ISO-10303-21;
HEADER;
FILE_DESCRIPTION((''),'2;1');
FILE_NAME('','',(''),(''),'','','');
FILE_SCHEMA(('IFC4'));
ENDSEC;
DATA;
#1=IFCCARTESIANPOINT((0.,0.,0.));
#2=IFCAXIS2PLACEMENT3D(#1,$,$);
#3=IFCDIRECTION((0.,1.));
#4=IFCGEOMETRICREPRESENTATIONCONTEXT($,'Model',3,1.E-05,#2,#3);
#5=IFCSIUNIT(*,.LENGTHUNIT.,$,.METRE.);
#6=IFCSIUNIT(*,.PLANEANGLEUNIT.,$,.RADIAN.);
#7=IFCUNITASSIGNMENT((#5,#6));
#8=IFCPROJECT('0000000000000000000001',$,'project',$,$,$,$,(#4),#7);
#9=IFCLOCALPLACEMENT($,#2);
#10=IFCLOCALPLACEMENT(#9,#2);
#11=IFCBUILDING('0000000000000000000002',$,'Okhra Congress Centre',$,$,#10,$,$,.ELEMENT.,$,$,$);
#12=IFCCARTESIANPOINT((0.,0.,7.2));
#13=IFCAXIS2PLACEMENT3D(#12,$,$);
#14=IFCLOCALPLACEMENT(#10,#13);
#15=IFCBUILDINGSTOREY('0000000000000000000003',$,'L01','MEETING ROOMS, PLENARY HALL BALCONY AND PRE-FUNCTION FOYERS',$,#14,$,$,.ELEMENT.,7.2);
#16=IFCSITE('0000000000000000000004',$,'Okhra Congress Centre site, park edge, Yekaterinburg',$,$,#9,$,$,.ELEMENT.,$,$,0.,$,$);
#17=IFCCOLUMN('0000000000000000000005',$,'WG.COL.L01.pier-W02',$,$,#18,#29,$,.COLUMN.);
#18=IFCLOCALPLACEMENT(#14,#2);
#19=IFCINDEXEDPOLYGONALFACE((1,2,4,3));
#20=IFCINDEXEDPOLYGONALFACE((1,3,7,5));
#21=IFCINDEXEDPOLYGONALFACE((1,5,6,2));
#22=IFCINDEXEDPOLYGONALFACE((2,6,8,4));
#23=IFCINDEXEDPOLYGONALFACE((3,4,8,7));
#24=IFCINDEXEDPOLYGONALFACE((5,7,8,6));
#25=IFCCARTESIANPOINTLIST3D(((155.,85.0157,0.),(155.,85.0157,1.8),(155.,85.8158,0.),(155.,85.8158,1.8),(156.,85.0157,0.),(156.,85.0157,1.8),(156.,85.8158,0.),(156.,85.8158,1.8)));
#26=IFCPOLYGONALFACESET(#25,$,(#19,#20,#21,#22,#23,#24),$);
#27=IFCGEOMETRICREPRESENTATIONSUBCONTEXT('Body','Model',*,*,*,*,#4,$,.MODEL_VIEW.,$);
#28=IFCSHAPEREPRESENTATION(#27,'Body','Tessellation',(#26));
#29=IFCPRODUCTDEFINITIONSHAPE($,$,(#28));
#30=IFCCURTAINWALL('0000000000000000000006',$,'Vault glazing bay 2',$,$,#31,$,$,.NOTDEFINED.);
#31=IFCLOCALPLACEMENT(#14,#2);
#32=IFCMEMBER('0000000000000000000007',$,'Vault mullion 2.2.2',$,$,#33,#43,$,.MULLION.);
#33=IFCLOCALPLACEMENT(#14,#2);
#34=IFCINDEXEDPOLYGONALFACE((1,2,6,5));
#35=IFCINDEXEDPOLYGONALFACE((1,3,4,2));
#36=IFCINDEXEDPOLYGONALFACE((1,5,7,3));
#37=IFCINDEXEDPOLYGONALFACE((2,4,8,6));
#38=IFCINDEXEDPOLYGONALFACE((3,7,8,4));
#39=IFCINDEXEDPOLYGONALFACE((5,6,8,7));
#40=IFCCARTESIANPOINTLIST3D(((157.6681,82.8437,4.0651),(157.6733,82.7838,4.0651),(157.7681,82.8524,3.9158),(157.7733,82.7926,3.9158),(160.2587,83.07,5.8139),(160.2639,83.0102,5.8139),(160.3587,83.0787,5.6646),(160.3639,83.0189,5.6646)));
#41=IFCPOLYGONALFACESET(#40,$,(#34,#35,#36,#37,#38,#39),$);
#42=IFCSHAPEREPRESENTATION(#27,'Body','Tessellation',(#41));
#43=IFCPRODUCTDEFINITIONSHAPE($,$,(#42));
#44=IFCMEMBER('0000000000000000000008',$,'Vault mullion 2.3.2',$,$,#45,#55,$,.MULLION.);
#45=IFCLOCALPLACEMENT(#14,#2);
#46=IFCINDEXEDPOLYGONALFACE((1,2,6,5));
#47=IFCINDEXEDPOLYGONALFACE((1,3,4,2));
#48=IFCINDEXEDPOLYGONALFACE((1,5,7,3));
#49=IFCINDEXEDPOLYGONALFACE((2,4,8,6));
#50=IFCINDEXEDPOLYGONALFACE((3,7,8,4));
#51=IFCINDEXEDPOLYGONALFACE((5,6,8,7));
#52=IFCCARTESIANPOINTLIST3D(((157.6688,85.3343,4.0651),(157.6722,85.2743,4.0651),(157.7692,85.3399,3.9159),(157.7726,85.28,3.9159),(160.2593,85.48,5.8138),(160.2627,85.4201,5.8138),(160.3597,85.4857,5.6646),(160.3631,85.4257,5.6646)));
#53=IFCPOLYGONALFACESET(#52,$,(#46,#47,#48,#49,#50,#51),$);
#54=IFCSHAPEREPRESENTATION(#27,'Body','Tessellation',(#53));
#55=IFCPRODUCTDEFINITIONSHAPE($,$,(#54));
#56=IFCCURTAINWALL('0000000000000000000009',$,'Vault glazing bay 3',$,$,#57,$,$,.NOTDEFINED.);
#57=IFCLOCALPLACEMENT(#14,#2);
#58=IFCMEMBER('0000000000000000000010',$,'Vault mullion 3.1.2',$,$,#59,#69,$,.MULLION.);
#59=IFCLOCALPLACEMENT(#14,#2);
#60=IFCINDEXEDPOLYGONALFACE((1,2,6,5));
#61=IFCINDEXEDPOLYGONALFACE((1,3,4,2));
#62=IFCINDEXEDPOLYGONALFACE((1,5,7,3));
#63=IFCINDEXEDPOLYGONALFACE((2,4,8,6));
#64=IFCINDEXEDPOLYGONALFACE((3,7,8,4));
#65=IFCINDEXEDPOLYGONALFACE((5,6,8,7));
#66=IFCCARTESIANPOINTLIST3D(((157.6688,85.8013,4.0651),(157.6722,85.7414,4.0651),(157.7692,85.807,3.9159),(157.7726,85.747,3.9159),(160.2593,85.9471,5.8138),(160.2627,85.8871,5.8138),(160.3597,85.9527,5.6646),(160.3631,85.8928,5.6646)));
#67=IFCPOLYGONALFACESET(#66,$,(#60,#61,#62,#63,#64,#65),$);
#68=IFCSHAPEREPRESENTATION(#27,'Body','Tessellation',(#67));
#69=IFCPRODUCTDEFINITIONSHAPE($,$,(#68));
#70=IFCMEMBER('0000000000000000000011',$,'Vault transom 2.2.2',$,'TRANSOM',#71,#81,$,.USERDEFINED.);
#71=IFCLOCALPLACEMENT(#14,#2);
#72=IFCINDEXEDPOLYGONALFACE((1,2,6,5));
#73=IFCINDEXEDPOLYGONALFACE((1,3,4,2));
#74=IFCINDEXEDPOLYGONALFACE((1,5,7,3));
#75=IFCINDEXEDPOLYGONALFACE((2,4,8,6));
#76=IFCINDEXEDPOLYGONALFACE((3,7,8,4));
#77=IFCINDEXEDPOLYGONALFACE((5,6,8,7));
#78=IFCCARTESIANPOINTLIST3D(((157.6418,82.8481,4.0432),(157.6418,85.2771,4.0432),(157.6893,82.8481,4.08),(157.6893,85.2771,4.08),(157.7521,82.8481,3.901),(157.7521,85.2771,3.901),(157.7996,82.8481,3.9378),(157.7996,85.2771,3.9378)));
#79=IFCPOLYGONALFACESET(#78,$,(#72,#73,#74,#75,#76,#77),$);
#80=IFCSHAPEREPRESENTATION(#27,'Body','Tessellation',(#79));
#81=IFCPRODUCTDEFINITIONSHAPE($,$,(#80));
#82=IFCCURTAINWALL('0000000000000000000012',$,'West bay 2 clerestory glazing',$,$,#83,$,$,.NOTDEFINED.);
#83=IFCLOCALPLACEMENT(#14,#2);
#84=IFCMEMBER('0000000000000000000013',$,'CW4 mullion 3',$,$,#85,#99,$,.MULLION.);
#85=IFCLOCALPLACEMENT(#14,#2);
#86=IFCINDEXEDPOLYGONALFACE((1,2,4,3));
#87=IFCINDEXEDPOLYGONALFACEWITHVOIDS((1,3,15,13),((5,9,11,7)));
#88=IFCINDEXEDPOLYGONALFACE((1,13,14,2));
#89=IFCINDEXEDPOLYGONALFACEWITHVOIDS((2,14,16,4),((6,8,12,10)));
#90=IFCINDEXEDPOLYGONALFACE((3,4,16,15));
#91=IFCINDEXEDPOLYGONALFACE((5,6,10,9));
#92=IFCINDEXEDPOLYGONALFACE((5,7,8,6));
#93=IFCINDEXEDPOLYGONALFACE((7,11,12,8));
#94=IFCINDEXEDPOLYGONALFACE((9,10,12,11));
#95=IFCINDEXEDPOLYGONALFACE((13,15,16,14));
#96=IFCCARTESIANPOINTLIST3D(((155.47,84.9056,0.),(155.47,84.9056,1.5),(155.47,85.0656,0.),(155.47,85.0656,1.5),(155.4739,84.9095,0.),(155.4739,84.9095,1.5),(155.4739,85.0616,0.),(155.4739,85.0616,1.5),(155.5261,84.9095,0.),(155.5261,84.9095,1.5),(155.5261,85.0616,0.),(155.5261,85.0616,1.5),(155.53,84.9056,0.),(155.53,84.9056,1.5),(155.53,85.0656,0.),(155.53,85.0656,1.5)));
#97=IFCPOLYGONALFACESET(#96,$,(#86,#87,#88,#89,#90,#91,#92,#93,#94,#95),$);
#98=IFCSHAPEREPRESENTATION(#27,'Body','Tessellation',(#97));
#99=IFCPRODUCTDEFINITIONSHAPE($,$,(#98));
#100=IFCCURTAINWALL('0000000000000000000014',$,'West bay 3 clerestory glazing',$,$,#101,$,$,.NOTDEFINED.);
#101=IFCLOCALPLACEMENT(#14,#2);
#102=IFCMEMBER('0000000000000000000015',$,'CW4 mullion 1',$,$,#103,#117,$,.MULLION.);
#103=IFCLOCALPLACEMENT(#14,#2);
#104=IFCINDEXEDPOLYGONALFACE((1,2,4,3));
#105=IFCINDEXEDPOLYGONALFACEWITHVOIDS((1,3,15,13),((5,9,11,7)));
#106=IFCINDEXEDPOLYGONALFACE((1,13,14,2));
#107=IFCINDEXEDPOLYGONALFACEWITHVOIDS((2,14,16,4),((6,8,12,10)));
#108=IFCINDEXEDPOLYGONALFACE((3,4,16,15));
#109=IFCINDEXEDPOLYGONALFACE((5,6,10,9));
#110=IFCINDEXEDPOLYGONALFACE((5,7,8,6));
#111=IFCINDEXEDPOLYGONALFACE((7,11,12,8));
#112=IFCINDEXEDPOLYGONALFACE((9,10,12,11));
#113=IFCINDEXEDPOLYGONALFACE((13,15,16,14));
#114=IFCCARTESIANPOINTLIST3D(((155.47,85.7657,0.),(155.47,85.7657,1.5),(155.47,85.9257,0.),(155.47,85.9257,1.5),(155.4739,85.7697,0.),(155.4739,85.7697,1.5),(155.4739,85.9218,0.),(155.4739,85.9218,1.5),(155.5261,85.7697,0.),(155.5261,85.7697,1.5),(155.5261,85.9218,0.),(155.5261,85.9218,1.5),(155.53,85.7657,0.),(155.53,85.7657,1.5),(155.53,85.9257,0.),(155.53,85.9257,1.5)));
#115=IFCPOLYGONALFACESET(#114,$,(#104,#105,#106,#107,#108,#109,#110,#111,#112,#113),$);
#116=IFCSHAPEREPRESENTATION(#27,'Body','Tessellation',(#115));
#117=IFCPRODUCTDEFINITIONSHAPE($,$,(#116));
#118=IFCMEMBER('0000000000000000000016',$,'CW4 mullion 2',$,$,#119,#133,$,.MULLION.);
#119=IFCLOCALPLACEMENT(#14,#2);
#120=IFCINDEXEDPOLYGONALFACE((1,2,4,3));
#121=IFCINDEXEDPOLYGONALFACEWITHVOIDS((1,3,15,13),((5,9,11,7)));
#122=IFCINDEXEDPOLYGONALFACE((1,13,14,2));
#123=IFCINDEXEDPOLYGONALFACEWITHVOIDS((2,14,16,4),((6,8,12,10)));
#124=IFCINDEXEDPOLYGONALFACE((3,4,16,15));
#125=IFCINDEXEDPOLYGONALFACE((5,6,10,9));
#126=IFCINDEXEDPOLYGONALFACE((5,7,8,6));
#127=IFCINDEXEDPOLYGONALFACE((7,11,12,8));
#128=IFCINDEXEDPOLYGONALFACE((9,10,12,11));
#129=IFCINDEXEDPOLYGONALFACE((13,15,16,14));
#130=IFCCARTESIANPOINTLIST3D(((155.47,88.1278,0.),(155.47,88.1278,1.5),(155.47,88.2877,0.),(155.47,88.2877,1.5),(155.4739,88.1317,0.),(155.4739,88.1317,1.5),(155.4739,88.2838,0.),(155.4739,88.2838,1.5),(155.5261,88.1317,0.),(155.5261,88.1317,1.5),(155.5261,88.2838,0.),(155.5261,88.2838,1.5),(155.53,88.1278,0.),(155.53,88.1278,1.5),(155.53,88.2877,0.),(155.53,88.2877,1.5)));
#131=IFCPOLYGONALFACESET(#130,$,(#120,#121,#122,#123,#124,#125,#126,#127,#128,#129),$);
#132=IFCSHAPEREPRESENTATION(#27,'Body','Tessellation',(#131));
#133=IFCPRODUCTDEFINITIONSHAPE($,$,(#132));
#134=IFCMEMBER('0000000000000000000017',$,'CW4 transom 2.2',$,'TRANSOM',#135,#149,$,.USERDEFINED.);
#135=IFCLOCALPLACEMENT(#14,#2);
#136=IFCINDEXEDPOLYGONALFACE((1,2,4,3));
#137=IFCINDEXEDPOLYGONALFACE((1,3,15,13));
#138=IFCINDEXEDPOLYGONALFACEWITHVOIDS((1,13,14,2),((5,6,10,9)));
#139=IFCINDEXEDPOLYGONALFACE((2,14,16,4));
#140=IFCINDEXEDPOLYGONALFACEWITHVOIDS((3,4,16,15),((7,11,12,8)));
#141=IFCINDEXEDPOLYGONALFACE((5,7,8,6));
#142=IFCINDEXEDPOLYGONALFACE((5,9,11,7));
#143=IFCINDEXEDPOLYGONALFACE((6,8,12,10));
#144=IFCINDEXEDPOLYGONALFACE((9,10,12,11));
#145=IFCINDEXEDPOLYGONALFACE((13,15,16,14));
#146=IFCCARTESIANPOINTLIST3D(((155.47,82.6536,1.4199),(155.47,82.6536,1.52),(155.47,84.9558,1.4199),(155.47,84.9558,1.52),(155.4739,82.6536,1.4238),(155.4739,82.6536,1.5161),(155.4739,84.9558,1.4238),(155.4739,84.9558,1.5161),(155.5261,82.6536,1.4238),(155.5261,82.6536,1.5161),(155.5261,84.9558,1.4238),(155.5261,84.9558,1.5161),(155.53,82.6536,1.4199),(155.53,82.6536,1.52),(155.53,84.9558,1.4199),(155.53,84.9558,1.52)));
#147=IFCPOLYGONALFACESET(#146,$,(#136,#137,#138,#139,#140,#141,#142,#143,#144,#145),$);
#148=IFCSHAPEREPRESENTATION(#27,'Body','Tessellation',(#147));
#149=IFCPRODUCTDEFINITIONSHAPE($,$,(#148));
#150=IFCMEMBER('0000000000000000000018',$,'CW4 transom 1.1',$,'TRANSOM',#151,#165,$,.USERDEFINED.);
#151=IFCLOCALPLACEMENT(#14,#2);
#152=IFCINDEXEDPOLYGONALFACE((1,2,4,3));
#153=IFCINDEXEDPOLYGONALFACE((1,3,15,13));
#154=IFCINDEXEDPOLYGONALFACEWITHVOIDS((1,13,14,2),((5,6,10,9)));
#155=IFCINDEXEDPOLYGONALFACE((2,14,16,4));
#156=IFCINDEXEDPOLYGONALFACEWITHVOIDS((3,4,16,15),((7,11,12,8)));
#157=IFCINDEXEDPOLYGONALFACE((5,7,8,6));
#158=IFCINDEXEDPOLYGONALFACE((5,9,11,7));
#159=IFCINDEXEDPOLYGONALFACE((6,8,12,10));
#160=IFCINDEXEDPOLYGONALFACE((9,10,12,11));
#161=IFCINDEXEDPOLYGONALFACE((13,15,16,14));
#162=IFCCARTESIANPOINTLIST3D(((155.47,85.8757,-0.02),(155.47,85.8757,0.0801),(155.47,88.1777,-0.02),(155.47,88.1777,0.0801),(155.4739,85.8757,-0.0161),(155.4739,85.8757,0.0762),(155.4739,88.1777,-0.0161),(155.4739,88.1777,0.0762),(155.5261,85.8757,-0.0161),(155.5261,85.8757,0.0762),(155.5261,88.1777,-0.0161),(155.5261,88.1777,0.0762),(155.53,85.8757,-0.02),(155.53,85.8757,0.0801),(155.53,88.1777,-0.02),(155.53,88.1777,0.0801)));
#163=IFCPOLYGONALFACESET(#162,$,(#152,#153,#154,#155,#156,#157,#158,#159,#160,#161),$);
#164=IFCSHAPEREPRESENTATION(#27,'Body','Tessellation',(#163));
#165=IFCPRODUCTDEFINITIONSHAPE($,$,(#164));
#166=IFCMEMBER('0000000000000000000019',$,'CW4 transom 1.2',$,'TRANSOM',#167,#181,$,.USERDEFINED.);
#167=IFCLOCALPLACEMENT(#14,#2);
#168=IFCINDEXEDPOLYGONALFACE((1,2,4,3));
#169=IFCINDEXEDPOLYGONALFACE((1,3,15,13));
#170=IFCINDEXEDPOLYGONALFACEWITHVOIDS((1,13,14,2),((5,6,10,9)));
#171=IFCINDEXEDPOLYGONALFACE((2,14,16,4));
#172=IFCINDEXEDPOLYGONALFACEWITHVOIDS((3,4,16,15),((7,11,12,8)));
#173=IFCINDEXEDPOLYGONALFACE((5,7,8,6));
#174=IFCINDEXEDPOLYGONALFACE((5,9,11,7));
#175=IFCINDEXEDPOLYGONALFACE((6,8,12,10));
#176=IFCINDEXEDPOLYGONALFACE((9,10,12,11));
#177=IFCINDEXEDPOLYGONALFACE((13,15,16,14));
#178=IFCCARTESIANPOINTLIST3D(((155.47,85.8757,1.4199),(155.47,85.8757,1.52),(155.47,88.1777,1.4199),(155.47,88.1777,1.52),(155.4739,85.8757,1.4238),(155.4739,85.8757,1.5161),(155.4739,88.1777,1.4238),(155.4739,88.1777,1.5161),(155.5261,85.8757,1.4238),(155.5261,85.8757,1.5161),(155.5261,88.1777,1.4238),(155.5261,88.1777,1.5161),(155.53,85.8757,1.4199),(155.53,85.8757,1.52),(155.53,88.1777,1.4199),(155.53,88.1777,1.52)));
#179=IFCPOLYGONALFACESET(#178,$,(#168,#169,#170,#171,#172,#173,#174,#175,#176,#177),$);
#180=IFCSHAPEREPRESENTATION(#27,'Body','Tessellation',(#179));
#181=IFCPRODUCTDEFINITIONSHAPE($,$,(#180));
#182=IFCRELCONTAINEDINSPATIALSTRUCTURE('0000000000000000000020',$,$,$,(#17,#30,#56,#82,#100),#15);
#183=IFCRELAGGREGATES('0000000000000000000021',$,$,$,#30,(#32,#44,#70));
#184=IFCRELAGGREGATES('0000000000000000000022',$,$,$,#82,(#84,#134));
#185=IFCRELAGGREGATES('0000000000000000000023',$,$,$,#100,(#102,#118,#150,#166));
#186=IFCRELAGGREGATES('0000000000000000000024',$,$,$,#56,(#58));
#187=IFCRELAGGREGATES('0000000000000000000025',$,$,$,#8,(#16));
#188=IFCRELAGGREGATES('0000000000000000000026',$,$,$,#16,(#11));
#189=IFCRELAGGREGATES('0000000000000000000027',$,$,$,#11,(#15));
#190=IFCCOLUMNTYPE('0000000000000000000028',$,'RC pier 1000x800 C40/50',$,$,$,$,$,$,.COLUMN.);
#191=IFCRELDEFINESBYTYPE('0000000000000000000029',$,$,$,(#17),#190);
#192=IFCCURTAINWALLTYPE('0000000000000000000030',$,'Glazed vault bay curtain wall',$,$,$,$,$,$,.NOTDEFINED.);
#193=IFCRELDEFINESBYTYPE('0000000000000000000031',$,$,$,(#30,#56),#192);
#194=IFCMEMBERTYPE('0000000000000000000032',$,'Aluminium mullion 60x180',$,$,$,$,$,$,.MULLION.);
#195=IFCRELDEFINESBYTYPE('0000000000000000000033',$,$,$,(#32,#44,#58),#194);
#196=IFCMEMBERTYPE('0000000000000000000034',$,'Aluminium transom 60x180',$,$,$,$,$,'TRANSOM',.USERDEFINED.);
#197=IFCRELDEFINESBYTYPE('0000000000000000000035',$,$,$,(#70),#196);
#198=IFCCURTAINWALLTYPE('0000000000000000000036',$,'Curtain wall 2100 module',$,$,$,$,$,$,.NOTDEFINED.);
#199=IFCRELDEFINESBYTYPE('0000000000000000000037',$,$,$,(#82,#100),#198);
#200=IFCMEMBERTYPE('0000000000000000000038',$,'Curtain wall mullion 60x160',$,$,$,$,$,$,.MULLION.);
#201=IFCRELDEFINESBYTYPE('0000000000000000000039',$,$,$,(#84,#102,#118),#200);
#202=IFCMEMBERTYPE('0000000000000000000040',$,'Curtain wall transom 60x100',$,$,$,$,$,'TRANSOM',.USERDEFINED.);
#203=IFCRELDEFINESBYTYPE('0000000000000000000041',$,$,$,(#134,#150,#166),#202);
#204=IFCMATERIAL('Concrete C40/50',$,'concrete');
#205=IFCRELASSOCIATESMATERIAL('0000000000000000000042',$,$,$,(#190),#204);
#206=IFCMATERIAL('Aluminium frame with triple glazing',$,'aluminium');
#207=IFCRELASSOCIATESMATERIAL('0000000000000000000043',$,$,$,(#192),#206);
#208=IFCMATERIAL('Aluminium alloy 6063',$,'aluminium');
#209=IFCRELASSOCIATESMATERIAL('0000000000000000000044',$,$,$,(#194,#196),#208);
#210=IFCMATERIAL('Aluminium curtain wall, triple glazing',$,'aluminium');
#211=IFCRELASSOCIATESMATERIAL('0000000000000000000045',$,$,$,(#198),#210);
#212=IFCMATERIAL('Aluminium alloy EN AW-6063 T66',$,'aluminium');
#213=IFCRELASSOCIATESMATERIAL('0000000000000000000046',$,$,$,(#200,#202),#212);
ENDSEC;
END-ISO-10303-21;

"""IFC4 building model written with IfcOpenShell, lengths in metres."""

from ifc_helpers import new_model, si_unit, direction, frame, origin, origin_2d, place, context, subcontext, project, spatial, rectangle, hollow_rectangle, extrude, material, material_profile, profile_set, type_object, element, aggregate, save


model = new_model("IFC4")

# Units and contexts
model_context = context("Model", 3, precision=1e-05, world=origin(), true_north=direction((0.0, 1.0)))
body_context = subcontext(model_context, "Body", "Model", "MODEL_VIEW")
ifc_project = project(units=[si_unit("LENGTHUNIT", "METRE"), si_unit("PLANEANGLEUNIT", "RADIAN")], contexts=[model_context])

# Site, building, storey
site_placement = place(None, origin())
site = spatial("IfcSite", under=ifc_project, at=site_placement, Name="Okhra Congress Centre site, park edge, Yekaterinburg", CompositionType="ELEMENT", RefElevation=0.0)
building_placement = place(site_placement, origin())
building = spatial("IfcBuilding", under=site, at=building_placement, Name="Okhra Congress Centre", CompositionType="ELEMENT")
storey_placement = place(building_placement, frame((0.0, 0.0, 7.2)))
storey = spatial("IfcBuildingStorey", under=building, at=storey_placement, Name="L01", Description="MEETING ROOMS, PLENARY HALL BALCONY AND PRE-FUNCTION FOYERS", CompositionType="ELEMENT", Elevation=7.2)

# Column
ifc_material_1 = material(Name="Concrete C40/50", Category="concrete")
ifc_material_profile_1 = material_profile(ifc_material_1, rectangle(XDim=1.0, YDim=0.8, at=origin_2d()), Name="RC 1000x800")
ifc_profile_set_1 = profile_set([ifc_material_profile_1], Name="Concrete C40/50")
column_type = type_object("IfcColumnType", Name="RC pier 1000x800 C40/50", PredefinedType="COLUMN", material=ifc_profile_set_1)
column_placement = place(storey_placement, frame((155.5, 85.4158, 0.0), z_axis=(0.0, 0.0, 1.0), x_axis=(1.0, 0.0, 0.0)))
element("IfcColumn", 1, at=column_placement, inside=storey, type_object=column_type, Name="WG.COL.L01.pier-W02", PredefinedType="COLUMN", context=body_context, shape_type="SweptSolid", body=[
    extrude(rectangle(XDim=1.0, YDim=0.8, at=origin_2d()), origin(), (0.0, 0.0, 1.0), 1.8),
])

# Curtain wall, members
ifc_material_2 = material(Name="Aluminium frame with triple glazing", Category="aluminium")
curtain_wall_type_1 = type_object("IfcCurtainWallType", Name="Glazed vault bay curtain wall", PredefinedType="NOTDEFINED", material=ifc_material_2)
curtain_wall_1_placement = place(storey_placement, origin())
curtain_wall_1 = element("IfcCurtainWall", 2, at=curtain_wall_1_placement, inside=storey, type_object=curtain_wall_type_1, Name="Vault glazing bay 2", PredefinedType="NOTDEFINED")
ifc_material_3 = material(Name="Aluminium alloy 6063", Category="aluminium")
ifc_material_profile_2 = material_profile(ifc_material_3, rectangle(XDim=0.0601, YDim=0.1799, at=origin_2d()), Name="AL 60x180")
ifc_profile_set_2 = profile_set([ifc_material_profile_2], Name="Aluminium alloy 6063")
member_type_1 = type_object("IfcMemberType", Name="Aluminium mullion 60x180", PredefinedType="MULLION", material=ifc_profile_set_2)
member_1_placement = place(storey_placement, frame((157.7207, 82.8181, 3.9905), z_axis=(0.826664, 0.072219, 0.558043), x_axis=(-0.087031, 0.996206, 0.0)))
member_1 = element("IfcMember", 3, at=member_1_placement, type_object=member_type_1, Name="Vault mullion 2.2.2", PredefinedType="MULLION", context=body_context, shape_type="SweptSolid", body=[
    extrude(rectangle(XDim=0.0601, YDim=0.1799, at=origin_2d()), origin(), (0.0, 0.0, 1.0), 3.1338),
])
member_2_placement = place(storey_placement, frame((157.7207, 85.3071, 3.9905), z_axis=(0.827928, 0.046581, 0.558896), x_axis=(-0.056174, 0.998421, 0.0)))
member_2 = element("IfcMember", 4, at=member_2_placement, type_object=member_type_1, Name="Vault mullion 2.3.2", PredefinedType="MULLION", context=body_context, shape_type="SweptSolid", body=[
    extrude(rectangle(XDim=0.0601, YDim=0.1799, at=origin_2d()), origin(), (0.0, 0.0, 1.0), 3.1289),
])

# Curtain wall, member
curtain_wall_2_placement = place(storey_placement, origin())
curtain_wall_2 = element("IfcCurtainWall", 5, at=curtain_wall_2_placement, inside=storey, type_object=curtain_wall_type_1, Name="Vault glazing bay 3", PredefinedType="NOTDEFINED")
member_3_placement = place(storey_placement, frame((157.7207, 85.7742, 3.9905), z_axis=(0.827928, 0.046581, 0.558896), x_axis=(-0.056174, 0.998421, 0.0)))
member_3 = element("IfcMember", 6, at=member_3_placement, type_object=member_type_1, Name="Vault mullion 3.1.2", PredefinedType="MULLION", context=body_context, shape_type="SweptSolid", body=[
    extrude(rectangle(XDim=0.0601, YDim=0.1799, at=origin_2d()), origin(), (0.0, 0.0, 1.0), 3.1289),
])

# Member
ifc_material_profile_3 = material_profile(ifc_material_3, rectangle(XDim=0.0601, YDim=0.1799, at=origin_2d()), Name="AL 60x180 transom")
ifc_profile_set_3 = profile_set([ifc_material_profile_3], Name="Aluminium alloy 6063")
member_type_2 = type_object("IfcMemberType", Name="Aluminium transom 60x180", ElementType="TRANSOM", PredefinedType="USERDEFINED", material=ifc_profile_set_3)
member_4_placement = place(storey_placement, frame((157.7207, 82.8481, 3.9905), z_axis=(0.0, 1.0, 0.0), x_axis=(-0.790145, 0.0, -0.61292)))
member_4 = element("IfcMember", 7, at=member_4_placement, type_object=member_type_2, Name="Vault transom 2.2.2", ObjectType="TRANSOM", PredefinedType="USERDEFINED", context=body_context, shape_type="SweptSolid", body=[
    extrude(rectangle(XDim=0.0601, YDim=0.1799, at=origin_2d()), origin(), (0.0, 0.0, 1.0), 2.429),
])
aggregate(curtain_wall_1, [member_1, member_2, member_4])

# Curtain wall, member
ifc_material_4 = material(Name="Aluminium curtain wall, triple glazing", Category="aluminium")
curtain_wall_type_2 = type_object("IfcCurtainWallType", Name="Curtain wall 2100 module", PredefinedType="NOTDEFINED", material=ifc_material_4)
curtain_wall_3_placement = place(storey_placement, origin())
curtain_wall_3 = element("IfcCurtainWall", 8, at=curtain_wall_3_placement, inside=storey, type_object=curtain_wall_type_2, Name="West bay 2 clerestory glazing", PredefinedType="NOTDEFINED")
ifc_material_5 = material(Name="Aluminium alloy EN AW-6063 T66", Category="aluminium")
ifc_material_profile_4 = material_profile(ifc_material_5, hollow_rectangle(XDim=0.0601, YDim=0.1599, WallThickness=0.0039, at=origin_2d()), Name="RHS 60x160x4")
ifc_profile_set_4 = profile_set([ifc_material_profile_4], Name="Aluminium alloy EN AW-6063 T66")
member_type_3 = type_object("IfcMemberType", Name="Curtain wall mullion 60x160", PredefinedType="MULLION", material=ifc_profile_set_4)
member_5_placement = place(storey_placement, frame((155.5, 84.9856, 0.0), z_axis=(0.0, 0.0, 1.0), x_axis=(-1.0, 0.0, 0.0)))
member_5 = element("IfcMember", 9, at=member_5_placement, type_object=member_type_3, Name="CW4 mullion 3", PredefinedType="MULLION", context=body_context, shape_type="SweptSolid", body=[
    extrude(hollow_rectangle(XDim=0.0601, YDim=0.1599, WallThickness=0.0039, at=origin_2d()), origin(), (0.0, 0.0, 1.0), 1.5),
])

# Curtain wall, members
curtain_wall_4_placement = place(storey_placement, origin())
curtain_wall_4 = element("IfcCurtainWall", 10, at=curtain_wall_4_placement, inside=storey, type_object=curtain_wall_type_2, Name="West bay 3 clerestory glazing", PredefinedType="NOTDEFINED")
member_6_placement = place(storey_placement, frame((155.5, 85.8457, 0.0), z_axis=(0.0, 0.0, 1.0), x_axis=(-1.0, 0.0, 0.0)))
member_6 = element("IfcMember", 11, at=member_6_placement, type_object=member_type_3, Name="CW4 mullion 1", PredefinedType="MULLION", context=body_context, shape_type="SweptSolid", body=[
    extrude(hollow_rectangle(XDim=0.0601, YDim=0.1599, WallThickness=0.0039, at=origin_2d()), origin(), (0.0, 0.0, 1.0), 1.5),
])
member_7_placement = place(storey_placement, frame((155.5, 88.2078, 0.0), z_axis=(0.0, 0.0, 1.0), x_axis=(-1.0, 0.0, 0.0)))
member_7 = element("IfcMember", 12, at=member_7_placement, type_object=member_type_3, Name="CW4 mullion 2", PredefinedType="MULLION", context=body_context, shape_type="SweptSolid", body=[
    extrude(hollow_rectangle(XDim=0.0601, YDim=0.1599, WallThickness=0.0039, at=origin_2d()), origin(), (0.0, 0.0, 1.0), 1.5),
])

# Members
ifc_material_profile_5 = material_profile(ifc_material_5, hollow_rectangle(XDim=0.0601, YDim=0.1001, WallThickness=0.0039, at=origin_2d()), Name="RHS 60x100x4")
ifc_profile_set_5 = profile_set([ifc_material_profile_5], Name="Aluminium alloy EN AW-6063 T66")
member_type_4 = type_object("IfcMemberType", Name="Curtain wall transom 60x100", ElementType="TRANSOM", PredefinedType="USERDEFINED", material=ifc_profile_set_5)
member_8_placement = place(storey_placement, frame((155.5, 82.6536, 1.47), z_axis=(0.0, 1.0, 0.0), x_axis=(-1.0, 0.0, 0.0)))
member_8 = element("IfcMember", 13, at=member_8_placement, type_object=member_type_4, Name="CW4 transom 2.2", ObjectType="TRANSOM", PredefinedType="USERDEFINED", context=body_context, shape_type="SweptSolid", body=[
    extrude(hollow_rectangle(XDim=0.0601, YDim=0.1001, WallThickness=0.0039, at=origin_2d()), origin(), (0.0, 0.0, 1.0), 2.3022),
])
member_9_placement = place(storey_placement, frame((155.5, 85.8757, 0.03), z_axis=(0.0, 1.0, 0.0), x_axis=(-1.0, 0.0, 0.0)))
member_9 = element("IfcMember", 14, at=member_9_placement, type_object=member_type_4, Name="CW4 transom 1.1", ObjectType="TRANSOM", PredefinedType="USERDEFINED", context=body_context, shape_type="SweptSolid", body=[
    extrude(hollow_rectangle(XDim=0.0601, YDim=0.1001, WallThickness=0.0039, at=origin_2d()), origin(), (0.0, 0.0, 1.0), 2.302),
])
member_10_placement = place(storey_placement, frame((155.5, 85.8757, 1.47), z_axis=(0.0, 1.0, 0.0), x_axis=(-1.0, 0.0, 0.0)))
member_10 = element("IfcMember", 15, at=member_10_placement, type_object=member_type_4, Name="CW4 transom 1.2", ObjectType="TRANSOM", PredefinedType="USERDEFINED", context=body_context, shape_type="SweptSolid", body=[
    extrude(hollow_rectangle(XDim=0.0601, YDim=0.1001, WallThickness=0.0039, at=origin_2d()), origin(), (0.0, 0.0, 1.0), 2.302),
])

aggregate(curtain_wall_3, [member_5, member_8])
aggregate(curtain_wall_4, [member_6, member_7, member_9, member_10])
aggregate(curtain_wall_2, [member_3])

save(model, "model.ifc")
